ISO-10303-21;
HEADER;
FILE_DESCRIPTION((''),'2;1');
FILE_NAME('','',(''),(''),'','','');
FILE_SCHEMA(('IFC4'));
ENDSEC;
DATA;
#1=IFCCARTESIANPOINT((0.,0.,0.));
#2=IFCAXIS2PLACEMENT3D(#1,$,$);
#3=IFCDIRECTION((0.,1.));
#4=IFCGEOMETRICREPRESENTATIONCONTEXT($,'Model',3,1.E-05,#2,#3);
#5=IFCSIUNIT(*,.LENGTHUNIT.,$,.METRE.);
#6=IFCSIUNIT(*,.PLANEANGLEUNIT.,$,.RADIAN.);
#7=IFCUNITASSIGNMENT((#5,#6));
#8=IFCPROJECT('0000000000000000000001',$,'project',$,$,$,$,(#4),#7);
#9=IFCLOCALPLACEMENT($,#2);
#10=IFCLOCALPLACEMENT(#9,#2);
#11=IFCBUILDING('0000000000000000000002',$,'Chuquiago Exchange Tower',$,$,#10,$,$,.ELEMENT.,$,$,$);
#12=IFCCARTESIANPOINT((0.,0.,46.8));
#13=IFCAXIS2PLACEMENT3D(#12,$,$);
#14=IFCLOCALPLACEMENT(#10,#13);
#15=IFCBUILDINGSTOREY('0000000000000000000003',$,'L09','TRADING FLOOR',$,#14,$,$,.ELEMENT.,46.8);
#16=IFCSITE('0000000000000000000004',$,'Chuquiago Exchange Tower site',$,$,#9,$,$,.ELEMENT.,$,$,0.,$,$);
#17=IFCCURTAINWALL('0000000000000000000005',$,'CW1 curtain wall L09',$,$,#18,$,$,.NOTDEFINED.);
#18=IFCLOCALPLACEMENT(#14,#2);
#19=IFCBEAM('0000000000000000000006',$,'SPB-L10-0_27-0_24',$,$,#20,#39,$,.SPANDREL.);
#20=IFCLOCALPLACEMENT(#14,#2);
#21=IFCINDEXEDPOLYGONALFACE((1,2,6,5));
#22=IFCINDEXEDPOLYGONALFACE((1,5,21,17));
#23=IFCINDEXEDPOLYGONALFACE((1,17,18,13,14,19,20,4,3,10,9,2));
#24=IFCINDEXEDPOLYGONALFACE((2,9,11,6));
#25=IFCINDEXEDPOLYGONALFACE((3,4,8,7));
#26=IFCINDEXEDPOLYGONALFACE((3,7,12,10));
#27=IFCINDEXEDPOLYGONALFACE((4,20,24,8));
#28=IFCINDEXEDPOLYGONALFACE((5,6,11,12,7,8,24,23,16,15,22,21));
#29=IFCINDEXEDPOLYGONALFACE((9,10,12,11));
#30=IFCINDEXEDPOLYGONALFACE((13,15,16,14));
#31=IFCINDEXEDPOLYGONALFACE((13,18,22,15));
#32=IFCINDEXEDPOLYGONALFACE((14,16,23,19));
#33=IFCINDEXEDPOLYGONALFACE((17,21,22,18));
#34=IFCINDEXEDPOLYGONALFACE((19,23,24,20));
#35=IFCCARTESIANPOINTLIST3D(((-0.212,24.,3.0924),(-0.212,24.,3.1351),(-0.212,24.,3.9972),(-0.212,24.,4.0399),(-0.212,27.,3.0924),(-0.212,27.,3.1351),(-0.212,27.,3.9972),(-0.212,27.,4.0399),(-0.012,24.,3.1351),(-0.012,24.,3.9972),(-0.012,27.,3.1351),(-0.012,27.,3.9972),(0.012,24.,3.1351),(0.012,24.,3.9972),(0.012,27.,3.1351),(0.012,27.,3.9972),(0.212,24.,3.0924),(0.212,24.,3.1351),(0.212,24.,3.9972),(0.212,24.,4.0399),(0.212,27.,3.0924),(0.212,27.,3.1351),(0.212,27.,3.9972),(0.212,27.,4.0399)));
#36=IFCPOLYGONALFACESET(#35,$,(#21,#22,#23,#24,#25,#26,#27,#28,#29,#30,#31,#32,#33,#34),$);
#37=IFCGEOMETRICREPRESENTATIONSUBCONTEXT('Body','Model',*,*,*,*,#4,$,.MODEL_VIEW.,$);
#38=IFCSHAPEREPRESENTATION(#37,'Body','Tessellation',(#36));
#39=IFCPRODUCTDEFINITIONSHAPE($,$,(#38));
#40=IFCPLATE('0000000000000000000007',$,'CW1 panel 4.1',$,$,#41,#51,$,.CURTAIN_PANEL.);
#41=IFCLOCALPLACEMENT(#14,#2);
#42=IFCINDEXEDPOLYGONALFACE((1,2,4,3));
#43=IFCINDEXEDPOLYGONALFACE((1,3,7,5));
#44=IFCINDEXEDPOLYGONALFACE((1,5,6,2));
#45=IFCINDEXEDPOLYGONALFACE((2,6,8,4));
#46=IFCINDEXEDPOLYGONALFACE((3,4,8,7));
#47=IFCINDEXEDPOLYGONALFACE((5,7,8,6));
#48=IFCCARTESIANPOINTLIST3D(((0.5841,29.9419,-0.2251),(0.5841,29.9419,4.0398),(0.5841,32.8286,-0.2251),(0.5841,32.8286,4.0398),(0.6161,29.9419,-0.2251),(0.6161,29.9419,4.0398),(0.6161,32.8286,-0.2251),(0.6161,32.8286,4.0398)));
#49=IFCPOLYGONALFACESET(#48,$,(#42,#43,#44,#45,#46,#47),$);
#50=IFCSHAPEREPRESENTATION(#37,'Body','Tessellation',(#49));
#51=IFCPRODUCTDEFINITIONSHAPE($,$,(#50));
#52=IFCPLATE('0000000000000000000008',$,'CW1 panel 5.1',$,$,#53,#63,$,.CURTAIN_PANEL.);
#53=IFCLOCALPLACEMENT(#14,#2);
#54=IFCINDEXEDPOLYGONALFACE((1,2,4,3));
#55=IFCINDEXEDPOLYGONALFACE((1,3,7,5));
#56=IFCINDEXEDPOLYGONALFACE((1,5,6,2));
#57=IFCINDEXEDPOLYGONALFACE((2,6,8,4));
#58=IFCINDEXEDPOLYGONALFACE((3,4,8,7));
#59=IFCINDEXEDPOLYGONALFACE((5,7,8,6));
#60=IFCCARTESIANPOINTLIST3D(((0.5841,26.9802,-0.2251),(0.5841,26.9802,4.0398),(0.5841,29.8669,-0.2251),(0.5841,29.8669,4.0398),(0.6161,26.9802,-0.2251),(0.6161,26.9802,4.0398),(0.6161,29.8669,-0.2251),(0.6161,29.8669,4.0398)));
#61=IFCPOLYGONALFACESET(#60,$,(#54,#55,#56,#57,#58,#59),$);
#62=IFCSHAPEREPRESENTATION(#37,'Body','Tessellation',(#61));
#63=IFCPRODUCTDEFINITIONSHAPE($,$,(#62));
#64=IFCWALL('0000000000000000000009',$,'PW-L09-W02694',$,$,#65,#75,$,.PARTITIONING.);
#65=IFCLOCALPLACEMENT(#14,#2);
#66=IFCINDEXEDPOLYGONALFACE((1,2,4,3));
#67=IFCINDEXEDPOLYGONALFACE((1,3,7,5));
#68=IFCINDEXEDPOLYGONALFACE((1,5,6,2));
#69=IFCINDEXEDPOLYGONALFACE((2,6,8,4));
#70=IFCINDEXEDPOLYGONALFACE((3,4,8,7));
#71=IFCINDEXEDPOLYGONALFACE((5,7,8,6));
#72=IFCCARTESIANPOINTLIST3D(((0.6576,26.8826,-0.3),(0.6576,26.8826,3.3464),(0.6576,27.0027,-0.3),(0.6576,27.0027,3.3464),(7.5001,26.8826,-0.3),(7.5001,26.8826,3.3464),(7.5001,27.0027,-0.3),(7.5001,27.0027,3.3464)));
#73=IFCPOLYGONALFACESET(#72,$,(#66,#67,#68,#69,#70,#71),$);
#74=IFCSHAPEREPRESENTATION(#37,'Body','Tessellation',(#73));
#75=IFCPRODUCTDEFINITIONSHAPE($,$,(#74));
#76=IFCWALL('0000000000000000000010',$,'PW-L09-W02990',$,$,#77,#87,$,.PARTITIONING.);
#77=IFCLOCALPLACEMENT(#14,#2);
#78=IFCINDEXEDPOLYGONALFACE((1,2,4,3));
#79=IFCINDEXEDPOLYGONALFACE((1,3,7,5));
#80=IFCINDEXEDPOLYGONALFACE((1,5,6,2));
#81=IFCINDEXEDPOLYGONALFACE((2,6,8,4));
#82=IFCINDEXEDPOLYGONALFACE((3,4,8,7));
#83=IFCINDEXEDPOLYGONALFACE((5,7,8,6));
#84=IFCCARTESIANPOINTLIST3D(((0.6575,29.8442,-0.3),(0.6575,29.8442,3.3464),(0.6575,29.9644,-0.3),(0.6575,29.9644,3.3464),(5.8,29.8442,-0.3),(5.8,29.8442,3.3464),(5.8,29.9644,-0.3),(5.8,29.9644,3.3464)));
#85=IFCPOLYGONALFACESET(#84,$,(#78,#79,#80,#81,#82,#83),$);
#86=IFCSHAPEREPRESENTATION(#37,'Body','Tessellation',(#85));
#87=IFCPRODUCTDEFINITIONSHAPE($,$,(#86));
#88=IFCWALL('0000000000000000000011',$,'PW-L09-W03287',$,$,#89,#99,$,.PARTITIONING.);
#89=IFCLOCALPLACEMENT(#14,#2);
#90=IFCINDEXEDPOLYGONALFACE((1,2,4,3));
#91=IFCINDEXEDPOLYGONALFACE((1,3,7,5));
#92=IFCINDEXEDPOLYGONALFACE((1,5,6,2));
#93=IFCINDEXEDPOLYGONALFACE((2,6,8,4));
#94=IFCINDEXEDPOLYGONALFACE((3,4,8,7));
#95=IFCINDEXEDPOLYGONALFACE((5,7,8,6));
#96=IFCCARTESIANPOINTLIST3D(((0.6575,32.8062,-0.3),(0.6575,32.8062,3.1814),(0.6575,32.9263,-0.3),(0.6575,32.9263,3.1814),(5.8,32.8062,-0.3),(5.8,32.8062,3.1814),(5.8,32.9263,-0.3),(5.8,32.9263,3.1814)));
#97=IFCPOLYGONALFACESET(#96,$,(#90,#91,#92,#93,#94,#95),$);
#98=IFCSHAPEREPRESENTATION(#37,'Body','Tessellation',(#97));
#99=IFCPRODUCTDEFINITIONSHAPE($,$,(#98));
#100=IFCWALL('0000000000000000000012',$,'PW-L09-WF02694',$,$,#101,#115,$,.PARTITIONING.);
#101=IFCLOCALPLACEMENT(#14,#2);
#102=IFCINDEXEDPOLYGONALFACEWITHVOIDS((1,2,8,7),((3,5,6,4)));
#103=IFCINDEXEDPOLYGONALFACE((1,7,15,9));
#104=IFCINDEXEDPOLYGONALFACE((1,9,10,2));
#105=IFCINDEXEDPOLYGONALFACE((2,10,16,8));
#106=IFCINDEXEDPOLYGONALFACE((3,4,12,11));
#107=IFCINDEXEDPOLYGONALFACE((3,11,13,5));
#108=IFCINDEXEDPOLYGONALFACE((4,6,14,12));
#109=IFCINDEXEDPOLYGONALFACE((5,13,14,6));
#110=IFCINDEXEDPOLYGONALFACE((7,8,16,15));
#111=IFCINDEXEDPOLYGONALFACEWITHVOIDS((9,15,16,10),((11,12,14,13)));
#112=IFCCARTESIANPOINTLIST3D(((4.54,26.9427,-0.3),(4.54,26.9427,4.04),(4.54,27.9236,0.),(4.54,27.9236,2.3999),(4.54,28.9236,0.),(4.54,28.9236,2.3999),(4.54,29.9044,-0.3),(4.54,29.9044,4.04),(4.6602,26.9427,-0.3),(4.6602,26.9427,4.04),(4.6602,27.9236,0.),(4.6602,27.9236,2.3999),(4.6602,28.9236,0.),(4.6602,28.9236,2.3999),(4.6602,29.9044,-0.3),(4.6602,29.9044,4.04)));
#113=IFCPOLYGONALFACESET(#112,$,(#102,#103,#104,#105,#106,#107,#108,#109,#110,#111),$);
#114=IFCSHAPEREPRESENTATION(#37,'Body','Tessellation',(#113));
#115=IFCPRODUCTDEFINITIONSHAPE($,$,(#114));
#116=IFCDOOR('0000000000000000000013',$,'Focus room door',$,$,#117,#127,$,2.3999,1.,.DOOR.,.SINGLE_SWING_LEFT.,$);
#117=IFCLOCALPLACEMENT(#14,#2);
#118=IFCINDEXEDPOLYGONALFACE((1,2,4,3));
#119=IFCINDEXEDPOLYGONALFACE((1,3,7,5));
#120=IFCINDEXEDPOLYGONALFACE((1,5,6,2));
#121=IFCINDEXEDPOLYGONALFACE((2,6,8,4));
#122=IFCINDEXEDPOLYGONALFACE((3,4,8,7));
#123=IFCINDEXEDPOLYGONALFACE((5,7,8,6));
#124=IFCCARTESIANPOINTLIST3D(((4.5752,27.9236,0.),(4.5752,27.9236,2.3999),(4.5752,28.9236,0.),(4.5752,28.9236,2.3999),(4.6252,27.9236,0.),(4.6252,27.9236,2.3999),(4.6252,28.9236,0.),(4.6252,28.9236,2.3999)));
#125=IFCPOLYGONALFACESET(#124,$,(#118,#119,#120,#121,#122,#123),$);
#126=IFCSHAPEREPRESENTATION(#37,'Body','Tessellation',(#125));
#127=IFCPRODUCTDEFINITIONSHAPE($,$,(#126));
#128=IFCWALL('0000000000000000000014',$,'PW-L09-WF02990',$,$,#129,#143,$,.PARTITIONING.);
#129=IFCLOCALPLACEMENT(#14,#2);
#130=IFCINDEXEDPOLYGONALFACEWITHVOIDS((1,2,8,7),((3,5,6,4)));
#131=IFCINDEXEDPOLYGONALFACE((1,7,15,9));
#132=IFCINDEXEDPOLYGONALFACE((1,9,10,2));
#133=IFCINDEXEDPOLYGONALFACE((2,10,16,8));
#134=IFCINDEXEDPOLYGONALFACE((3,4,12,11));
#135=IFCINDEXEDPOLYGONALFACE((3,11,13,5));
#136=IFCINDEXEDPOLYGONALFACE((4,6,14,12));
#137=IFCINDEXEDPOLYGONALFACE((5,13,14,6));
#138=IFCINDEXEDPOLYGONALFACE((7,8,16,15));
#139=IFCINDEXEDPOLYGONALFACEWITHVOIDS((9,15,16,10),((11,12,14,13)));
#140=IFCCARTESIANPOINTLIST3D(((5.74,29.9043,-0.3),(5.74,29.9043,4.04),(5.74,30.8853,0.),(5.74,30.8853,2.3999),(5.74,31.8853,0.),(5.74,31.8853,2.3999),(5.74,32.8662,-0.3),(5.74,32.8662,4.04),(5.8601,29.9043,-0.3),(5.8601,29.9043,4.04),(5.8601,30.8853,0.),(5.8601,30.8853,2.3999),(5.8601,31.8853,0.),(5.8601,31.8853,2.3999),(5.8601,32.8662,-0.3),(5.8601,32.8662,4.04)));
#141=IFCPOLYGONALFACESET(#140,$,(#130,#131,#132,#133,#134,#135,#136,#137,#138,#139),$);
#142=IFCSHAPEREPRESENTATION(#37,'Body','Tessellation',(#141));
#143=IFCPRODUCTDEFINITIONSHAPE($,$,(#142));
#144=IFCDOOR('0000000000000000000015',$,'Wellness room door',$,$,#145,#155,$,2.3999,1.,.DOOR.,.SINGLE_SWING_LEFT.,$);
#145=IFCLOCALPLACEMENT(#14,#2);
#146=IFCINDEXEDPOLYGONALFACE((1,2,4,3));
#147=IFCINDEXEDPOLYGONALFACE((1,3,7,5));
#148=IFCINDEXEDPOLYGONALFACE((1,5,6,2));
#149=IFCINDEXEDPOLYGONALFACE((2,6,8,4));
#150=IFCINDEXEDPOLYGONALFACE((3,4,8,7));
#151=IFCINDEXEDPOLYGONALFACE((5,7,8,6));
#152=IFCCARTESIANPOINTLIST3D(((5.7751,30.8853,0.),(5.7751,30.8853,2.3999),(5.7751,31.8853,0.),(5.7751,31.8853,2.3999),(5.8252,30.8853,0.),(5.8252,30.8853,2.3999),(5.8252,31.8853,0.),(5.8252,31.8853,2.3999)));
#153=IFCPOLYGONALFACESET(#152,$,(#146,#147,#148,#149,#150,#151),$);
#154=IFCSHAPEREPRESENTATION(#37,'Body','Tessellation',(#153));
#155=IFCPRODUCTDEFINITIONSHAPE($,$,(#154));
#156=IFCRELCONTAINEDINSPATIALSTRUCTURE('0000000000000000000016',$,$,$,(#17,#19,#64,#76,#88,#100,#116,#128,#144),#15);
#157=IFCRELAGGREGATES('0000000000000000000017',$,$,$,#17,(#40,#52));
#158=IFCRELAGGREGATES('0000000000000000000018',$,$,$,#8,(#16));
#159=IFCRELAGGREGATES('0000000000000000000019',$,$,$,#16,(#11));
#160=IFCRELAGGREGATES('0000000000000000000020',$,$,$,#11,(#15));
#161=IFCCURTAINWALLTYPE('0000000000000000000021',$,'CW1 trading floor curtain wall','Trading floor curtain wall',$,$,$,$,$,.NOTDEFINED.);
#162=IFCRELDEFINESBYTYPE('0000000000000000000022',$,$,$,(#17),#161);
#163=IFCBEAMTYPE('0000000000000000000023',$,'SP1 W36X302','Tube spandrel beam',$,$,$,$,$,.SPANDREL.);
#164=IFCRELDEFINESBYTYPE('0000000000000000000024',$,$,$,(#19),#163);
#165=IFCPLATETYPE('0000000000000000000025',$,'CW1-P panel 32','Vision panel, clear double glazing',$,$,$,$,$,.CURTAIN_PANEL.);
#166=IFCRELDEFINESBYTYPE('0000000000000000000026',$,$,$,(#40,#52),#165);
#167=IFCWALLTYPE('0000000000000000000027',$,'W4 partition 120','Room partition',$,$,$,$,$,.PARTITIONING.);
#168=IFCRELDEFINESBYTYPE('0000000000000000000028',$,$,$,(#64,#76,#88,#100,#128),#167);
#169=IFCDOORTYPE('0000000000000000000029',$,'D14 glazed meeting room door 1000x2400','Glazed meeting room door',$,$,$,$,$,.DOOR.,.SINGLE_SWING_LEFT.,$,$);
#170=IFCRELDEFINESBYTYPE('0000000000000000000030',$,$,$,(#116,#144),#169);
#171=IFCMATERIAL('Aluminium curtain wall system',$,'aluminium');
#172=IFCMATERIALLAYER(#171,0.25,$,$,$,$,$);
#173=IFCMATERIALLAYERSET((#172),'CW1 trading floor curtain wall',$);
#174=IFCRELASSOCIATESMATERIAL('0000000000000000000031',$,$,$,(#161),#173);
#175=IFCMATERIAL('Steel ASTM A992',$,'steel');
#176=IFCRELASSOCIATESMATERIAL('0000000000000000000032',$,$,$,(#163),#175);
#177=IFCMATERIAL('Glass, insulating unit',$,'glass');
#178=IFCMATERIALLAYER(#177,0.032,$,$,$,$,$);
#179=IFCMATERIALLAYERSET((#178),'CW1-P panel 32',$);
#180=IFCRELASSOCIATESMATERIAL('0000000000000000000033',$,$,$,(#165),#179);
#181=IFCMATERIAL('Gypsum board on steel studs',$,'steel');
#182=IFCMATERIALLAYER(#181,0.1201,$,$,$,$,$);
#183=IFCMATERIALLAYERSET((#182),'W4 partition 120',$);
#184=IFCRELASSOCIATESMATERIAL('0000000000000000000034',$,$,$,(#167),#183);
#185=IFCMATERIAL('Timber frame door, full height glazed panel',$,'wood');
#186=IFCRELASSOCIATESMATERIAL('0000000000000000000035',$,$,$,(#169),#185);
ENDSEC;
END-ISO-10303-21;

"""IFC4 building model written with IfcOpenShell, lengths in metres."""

from ifc_helpers import new_model, si_unit, direction, frame, frame_2d, origin, origin_2d, place, context, subcontext, project, spatial, rectangle, i_section, extrude, material, layer, layer_set, material_profile, profile_set, type_object, element, fill, aggregate, save


model = new_model("IFC4")

# Units and contexts
model_context = context("Model", 3, precision=1e-05, world=origin(), true_north=direction((0.0, 1.0)))
body_context = subcontext(model_context, "Body", "Model", "MODEL_VIEW")
ifc_project = project(units=[si_unit("LENGTHUNIT", "METRE"), si_unit("PLANEANGLEUNIT", "RADIAN")], contexts=[model_context])

# Site, building, storey
site_placement = place(None, origin())
site = spatial("IfcSite", under=ifc_project, at=site_placement, Name="Chuquiago Exchange Tower site", CompositionType="ELEMENT", RefElevation=0.0)
building_placement = place(site_placement, origin())
building = spatial("IfcBuilding", under=site, at=building_placement, Name="Chuquiago Exchange Tower", CompositionType="ELEMENT")
storey_placement = place(building_placement, frame((0.0, 0.0, 46.8)))
storey = spatial("IfcBuildingStorey", under=building, at=storey_placement, Name="L09", Description="TRADING FLOOR", CompositionType="ELEMENT", Elevation=46.8)

# Curtain wall
ifc_material_1 = material(Name="Aluminium curtain wall system", Category="aluminium")
ifc_layer_1 = layer(ifc_material_1, 0.25)
ifc_layer_set_1 = layer_set([ifc_layer_1], Name="CW1 trading floor curtain wall")
curtain_wall_type = type_object("IfcCurtainWallType", Name="CW1 trading floor curtain wall", Description="Trading floor curtain wall", PredefinedType="NOTDEFINED", material=ifc_layer_set_1)
curtain_wall_placement = place(storey_placement, origin())
curtain_wall = element("IfcCurtainWall", 1, at=curtain_wall_placement, inside=storey, type_object=curtain_wall_type, Name="CW1 curtain wall L09", PredefinedType="NOTDEFINED")

# Beam
ifc_material_2 = material(Name="Steel ASTM A992", Category="steel")
ifc_material_profile_1 = material_profile(ifc_material_2, i_section(OverallWidth=0.4241, OverallDepth=0.9475, WebThickness=0.0239, FlangeThickness=0.0427, at=origin_2d()), Name="W36X302")
ifc_profile_set_1 = profile_set([ifc_material_profile_1], Name="Steel ASTM A992")
beam_type = type_object("IfcBeamType", Name="SP1 W36X302", Description="Tube spandrel beam", PredefinedType="SPANDREL", material=ifc_profile_set_1)
for number, where, z_axis, x_axis, name in (
    (2, (0.0, 27.0, 3.5662), (0.0, -1.0, 0.0), (1.0, 0.0, 0.0), "SPB-L10-0_27-0_24"),
):
    element("IfcBeam", number, at=place(storey_placement, frame(where, z_axis=z_axis, x_axis=x_axis)), inside=storey, type_object=beam_type, Name=name, PredefinedType="SPANDREL", context=body_context, shape_type="SweptSolid", body=[
        extrude(i_section(OverallWidth=0.4241, OverallDepth=0.9475, WebThickness=0.0239, FlangeThickness=0.0427, at=origin_2d()), origin(), (0.0, 0.0, 1.0), 3.0),
    ])

# Plates
ifc_material_3 = material(Name="Glass, insulating unit", Category="glass")
ifc_layer_2 = layer(ifc_material_3, 0.032)
ifc_layer_set_2 = layer_set([ifc_layer_2], Name="CW1-P panel 32")
plate_type = type_object("IfcPlateType", Name="CW1-P panel 32", Description="Vision panel, clear double glazing", PredefinedType="CURTAIN_PANEL", material=ifc_layer_set_2)
plate_1_placement = place(storey_placement, frame((0.6001, 31.3853, -0.2251), z_axis=(0.0, 0.0, 1.0), x_axis=(0.0, -1.0, 0.0)))
plate_1 = element("IfcPlate", 3, at=plate_1_placement, type_object=plate_type, Name="CW1 panel 4.1", PredefinedType="CURTAIN_PANEL", context=body_context, shape_type="SweptSolid", body=[
    extrude(rectangle(XDim=2.8867, YDim=0.032, at=origin_2d()), origin(), (0.0, 0.0, 1.0), 4.2649),
])
plate_2_placement = place(storey_placement, frame((0.6001, 28.4236, -0.2251), z_axis=(0.0, 0.0, 1.0), x_axis=(0.0, -1.0, 0.0)))
plate_2 = element("IfcPlate", 4, at=plate_2_placement, type_object=plate_type, Name="CW1 panel 5.1", PredefinedType="CURTAIN_PANEL", context=body_context, shape_type="SweptSolid", body=[
    extrude(rectangle(XDim=2.8867, YDim=0.032, at=origin_2d()), origin(), (0.0, 0.0, 1.0), 4.2649),
])
aggregate(curtain_wall, [plate_1, plate_2])

# Walls
ifc_material_4 = material(Name="Gypsum board on steel studs", Category="steel")
ifc_layer_3 = layer(ifc_material_4, 0.1201)
ifc_layer_set_3 = layer_set([ifc_layer_3], Name="W4 partition 120")
wall_type = type_object("IfcWallType", Name="W4 partition 120", Description="Room partition", PredefinedType="PARTITIONING", material=ifc_layer_set_3)
wall_1_placement = place(storey_placement, frame((0.6575, 26.9426, -0.3), z_axis=(0.0, 0.0, 1.0), x_axis=(1.0, 0.0, 0.0)))
element("IfcWall", 5, at=wall_1_placement, inside=storey, type_object=wall_type, Name="PW-L09-W02694", PredefinedType="PARTITIONING", context=body_context, shape_type="SweptSolid", body=[
    extrude(rectangle(XDim=6.8425, YDim=0.1201, at=frame_2d((3.4214, 0.0))), origin(), (0.0, 0.0, 1.0), 3.6465),
])
wall_2_placement = place(storey_placement, frame((0.6575, 29.9043, -0.3), z_axis=(0.0, 0.0, 1.0), x_axis=(1.0, 0.0, 0.0)))
element("IfcWall", 6, at=wall_2_placement, inside=storey, type_object=wall_type, Name="PW-L09-W02990", PredefinedType="PARTITIONING", context=body_context, shape_type="SweptSolid", body=[
    extrude(rectangle(XDim=5.1426, YDim=0.1201, at=frame_2d((2.5713, 0.0))), origin(), (0.0, 0.0, 1.0), 3.6465),
])
wall_3_placement = place(storey_placement, frame((0.6575, 32.8662, -0.3), z_axis=(0.0, 0.0, 1.0), x_axis=(1.0, 0.0, 0.0)))
element("IfcWall", 7, at=wall_3_placement, inside=storey, type_object=wall_type, Name="PW-L09-W03287", PredefinedType="PARTITIONING", context=body_context, shape_type="SweptSolid", body=[
    extrude(rectangle(XDim=5.1426, YDim=0.1201, at=frame_2d((2.5713, 0.0))), origin(), (0.0, 0.0, 1.0), 3.4814),
])

# Walls, openings, doors
wall_4_placement = place(storey_placement, frame((4.6001, 26.9426, -0.3), z_axis=(0.0, 0.0, 1.0), x_axis=(0.0, 1.0, 0.0)))
wall_4 = element("IfcWall", 8, at=wall_4_placement, inside=storey, type_object=wall_type, Name="PW-L09-WF02694", PredefinedType="PARTITIONING", context=body_context, shape_type="SweptSolid", body=[
    extrude(rectangle(XDim=2.9617, YDim=0.1201, at=frame_2d((1.481, 0.0))), origin(), (0.0, 0.0, 1.0), 4.3401),
])
opening_1_placement = place(wall_4_placement, frame((0.981, 0.0, 0.3)))
opening_1 = element("IfcOpeningElement", 9, at=opening_1_placement, cuts=wall_4, PredefinedType="OPENING", context=body_context, shape_type="SweptSolid", body=[
    extrude(rectangle(XDim=1.0, YDim=2.3999, at=frame_2d((0.5, 1.2))), frame((0.0, 0.0701, 0.0), z_axis=(0.0, -1.0, 0.0), x_axis=(1.0, 0.0, 0.0)), (0.0, 0.0, 1.0), 0.1401),
])
ifc_material_5 = material(Name="Timber frame door, full height glazed panel", Category="wood")
door_type = type_object("IfcDoorType", Name="D14 glazed meeting room door 1000x2400", Description="Glazed meeting room door", OperationType="SINGLE_SWING_LEFT", PredefinedType="DOOR", material=ifc_material_5)
door_1_placement = place(opening_1_placement, origin())
door_1 = element("IfcDoor", 10, at=door_1_placement, inside=storey, type_object=door_type, Name="Focus room door", OperationType="SINGLE_SWING_LEFT", OverallHeight=2.3999, OverallWidth=1.0, PredefinedType="DOOR", context=body_context, shape_type="SweptSolid", body=[
    extrude(rectangle(XDim=1.0, YDim=2.3999, at=frame_2d((0.5, 1.2))), frame((0.0, 0.0249, 0.0), z_axis=(0.0, -1.0, 0.0), x_axis=(1.0, 0.0, 0.0)), (0.0, 0.0, 1.0), 0.05),
])
fill(opening_1, door_1)
wall_5_placement = place(storey_placement, frame((5.8, 29.9043, -0.3), z_axis=(0.0, 0.0, 1.0), x_axis=(0.0, 1.0, 0.0)))
wall_5 = element("IfcWall", 11, at=wall_5_placement, inside=storey, type_object=wall_type, Name="PW-L09-WF02990", PredefinedType="PARTITIONING", context=body_context, shape_type="SweptSolid", body=[
    extrude(rectangle(XDim=2.9619, YDim=0.1201, at=frame_2d((1.481, 0.0))), origin(), (0.0, 0.0, 1.0), 4.3401),
])
opening_2_placement = place(wall_5_placement, frame((0.981, 0.0, 0.3)))
opening_2 = element("IfcOpeningElement", 12, at=opening_2_placement, cuts=wall_5, PredefinedType="OPENING", context=body_context, shape_type="SweptSolid", body=[
    extrude(rectangle(XDim=1.0, YDim=2.3999, at=frame_2d((0.5, 1.2))), frame((0.0, 0.0701, 0.0), z_axis=(0.0, -1.0, 0.0), x_axis=(1.0, 0.0, 0.0)), (0.0, 0.0, 1.0), 0.1401),
])
door_2_placement = place(opening_2_placement, origin())
door_2 = element("IfcDoor", 13, at=door_2_placement, inside=storey, type_object=door_type, Name="Wellness room door", OperationType="SINGLE_SWING_LEFT", OverallHeight=2.3999, OverallWidth=1.0, PredefinedType="DOOR", context=body_context, shape_type="SweptSolid", body=[
    extrude(rectangle(XDim=1.0, YDim=2.3999, at=frame_2d((0.5, 1.2))), frame((0.0, 0.0249, 0.0), z_axis=(0.0, -1.0, 0.0), x_axis=(1.0, 0.0, 0.0)), (0.0, 0.0, 1.0), 0.05),
])
fill(opening_2, door_2)

save(model, "model.ifc")
